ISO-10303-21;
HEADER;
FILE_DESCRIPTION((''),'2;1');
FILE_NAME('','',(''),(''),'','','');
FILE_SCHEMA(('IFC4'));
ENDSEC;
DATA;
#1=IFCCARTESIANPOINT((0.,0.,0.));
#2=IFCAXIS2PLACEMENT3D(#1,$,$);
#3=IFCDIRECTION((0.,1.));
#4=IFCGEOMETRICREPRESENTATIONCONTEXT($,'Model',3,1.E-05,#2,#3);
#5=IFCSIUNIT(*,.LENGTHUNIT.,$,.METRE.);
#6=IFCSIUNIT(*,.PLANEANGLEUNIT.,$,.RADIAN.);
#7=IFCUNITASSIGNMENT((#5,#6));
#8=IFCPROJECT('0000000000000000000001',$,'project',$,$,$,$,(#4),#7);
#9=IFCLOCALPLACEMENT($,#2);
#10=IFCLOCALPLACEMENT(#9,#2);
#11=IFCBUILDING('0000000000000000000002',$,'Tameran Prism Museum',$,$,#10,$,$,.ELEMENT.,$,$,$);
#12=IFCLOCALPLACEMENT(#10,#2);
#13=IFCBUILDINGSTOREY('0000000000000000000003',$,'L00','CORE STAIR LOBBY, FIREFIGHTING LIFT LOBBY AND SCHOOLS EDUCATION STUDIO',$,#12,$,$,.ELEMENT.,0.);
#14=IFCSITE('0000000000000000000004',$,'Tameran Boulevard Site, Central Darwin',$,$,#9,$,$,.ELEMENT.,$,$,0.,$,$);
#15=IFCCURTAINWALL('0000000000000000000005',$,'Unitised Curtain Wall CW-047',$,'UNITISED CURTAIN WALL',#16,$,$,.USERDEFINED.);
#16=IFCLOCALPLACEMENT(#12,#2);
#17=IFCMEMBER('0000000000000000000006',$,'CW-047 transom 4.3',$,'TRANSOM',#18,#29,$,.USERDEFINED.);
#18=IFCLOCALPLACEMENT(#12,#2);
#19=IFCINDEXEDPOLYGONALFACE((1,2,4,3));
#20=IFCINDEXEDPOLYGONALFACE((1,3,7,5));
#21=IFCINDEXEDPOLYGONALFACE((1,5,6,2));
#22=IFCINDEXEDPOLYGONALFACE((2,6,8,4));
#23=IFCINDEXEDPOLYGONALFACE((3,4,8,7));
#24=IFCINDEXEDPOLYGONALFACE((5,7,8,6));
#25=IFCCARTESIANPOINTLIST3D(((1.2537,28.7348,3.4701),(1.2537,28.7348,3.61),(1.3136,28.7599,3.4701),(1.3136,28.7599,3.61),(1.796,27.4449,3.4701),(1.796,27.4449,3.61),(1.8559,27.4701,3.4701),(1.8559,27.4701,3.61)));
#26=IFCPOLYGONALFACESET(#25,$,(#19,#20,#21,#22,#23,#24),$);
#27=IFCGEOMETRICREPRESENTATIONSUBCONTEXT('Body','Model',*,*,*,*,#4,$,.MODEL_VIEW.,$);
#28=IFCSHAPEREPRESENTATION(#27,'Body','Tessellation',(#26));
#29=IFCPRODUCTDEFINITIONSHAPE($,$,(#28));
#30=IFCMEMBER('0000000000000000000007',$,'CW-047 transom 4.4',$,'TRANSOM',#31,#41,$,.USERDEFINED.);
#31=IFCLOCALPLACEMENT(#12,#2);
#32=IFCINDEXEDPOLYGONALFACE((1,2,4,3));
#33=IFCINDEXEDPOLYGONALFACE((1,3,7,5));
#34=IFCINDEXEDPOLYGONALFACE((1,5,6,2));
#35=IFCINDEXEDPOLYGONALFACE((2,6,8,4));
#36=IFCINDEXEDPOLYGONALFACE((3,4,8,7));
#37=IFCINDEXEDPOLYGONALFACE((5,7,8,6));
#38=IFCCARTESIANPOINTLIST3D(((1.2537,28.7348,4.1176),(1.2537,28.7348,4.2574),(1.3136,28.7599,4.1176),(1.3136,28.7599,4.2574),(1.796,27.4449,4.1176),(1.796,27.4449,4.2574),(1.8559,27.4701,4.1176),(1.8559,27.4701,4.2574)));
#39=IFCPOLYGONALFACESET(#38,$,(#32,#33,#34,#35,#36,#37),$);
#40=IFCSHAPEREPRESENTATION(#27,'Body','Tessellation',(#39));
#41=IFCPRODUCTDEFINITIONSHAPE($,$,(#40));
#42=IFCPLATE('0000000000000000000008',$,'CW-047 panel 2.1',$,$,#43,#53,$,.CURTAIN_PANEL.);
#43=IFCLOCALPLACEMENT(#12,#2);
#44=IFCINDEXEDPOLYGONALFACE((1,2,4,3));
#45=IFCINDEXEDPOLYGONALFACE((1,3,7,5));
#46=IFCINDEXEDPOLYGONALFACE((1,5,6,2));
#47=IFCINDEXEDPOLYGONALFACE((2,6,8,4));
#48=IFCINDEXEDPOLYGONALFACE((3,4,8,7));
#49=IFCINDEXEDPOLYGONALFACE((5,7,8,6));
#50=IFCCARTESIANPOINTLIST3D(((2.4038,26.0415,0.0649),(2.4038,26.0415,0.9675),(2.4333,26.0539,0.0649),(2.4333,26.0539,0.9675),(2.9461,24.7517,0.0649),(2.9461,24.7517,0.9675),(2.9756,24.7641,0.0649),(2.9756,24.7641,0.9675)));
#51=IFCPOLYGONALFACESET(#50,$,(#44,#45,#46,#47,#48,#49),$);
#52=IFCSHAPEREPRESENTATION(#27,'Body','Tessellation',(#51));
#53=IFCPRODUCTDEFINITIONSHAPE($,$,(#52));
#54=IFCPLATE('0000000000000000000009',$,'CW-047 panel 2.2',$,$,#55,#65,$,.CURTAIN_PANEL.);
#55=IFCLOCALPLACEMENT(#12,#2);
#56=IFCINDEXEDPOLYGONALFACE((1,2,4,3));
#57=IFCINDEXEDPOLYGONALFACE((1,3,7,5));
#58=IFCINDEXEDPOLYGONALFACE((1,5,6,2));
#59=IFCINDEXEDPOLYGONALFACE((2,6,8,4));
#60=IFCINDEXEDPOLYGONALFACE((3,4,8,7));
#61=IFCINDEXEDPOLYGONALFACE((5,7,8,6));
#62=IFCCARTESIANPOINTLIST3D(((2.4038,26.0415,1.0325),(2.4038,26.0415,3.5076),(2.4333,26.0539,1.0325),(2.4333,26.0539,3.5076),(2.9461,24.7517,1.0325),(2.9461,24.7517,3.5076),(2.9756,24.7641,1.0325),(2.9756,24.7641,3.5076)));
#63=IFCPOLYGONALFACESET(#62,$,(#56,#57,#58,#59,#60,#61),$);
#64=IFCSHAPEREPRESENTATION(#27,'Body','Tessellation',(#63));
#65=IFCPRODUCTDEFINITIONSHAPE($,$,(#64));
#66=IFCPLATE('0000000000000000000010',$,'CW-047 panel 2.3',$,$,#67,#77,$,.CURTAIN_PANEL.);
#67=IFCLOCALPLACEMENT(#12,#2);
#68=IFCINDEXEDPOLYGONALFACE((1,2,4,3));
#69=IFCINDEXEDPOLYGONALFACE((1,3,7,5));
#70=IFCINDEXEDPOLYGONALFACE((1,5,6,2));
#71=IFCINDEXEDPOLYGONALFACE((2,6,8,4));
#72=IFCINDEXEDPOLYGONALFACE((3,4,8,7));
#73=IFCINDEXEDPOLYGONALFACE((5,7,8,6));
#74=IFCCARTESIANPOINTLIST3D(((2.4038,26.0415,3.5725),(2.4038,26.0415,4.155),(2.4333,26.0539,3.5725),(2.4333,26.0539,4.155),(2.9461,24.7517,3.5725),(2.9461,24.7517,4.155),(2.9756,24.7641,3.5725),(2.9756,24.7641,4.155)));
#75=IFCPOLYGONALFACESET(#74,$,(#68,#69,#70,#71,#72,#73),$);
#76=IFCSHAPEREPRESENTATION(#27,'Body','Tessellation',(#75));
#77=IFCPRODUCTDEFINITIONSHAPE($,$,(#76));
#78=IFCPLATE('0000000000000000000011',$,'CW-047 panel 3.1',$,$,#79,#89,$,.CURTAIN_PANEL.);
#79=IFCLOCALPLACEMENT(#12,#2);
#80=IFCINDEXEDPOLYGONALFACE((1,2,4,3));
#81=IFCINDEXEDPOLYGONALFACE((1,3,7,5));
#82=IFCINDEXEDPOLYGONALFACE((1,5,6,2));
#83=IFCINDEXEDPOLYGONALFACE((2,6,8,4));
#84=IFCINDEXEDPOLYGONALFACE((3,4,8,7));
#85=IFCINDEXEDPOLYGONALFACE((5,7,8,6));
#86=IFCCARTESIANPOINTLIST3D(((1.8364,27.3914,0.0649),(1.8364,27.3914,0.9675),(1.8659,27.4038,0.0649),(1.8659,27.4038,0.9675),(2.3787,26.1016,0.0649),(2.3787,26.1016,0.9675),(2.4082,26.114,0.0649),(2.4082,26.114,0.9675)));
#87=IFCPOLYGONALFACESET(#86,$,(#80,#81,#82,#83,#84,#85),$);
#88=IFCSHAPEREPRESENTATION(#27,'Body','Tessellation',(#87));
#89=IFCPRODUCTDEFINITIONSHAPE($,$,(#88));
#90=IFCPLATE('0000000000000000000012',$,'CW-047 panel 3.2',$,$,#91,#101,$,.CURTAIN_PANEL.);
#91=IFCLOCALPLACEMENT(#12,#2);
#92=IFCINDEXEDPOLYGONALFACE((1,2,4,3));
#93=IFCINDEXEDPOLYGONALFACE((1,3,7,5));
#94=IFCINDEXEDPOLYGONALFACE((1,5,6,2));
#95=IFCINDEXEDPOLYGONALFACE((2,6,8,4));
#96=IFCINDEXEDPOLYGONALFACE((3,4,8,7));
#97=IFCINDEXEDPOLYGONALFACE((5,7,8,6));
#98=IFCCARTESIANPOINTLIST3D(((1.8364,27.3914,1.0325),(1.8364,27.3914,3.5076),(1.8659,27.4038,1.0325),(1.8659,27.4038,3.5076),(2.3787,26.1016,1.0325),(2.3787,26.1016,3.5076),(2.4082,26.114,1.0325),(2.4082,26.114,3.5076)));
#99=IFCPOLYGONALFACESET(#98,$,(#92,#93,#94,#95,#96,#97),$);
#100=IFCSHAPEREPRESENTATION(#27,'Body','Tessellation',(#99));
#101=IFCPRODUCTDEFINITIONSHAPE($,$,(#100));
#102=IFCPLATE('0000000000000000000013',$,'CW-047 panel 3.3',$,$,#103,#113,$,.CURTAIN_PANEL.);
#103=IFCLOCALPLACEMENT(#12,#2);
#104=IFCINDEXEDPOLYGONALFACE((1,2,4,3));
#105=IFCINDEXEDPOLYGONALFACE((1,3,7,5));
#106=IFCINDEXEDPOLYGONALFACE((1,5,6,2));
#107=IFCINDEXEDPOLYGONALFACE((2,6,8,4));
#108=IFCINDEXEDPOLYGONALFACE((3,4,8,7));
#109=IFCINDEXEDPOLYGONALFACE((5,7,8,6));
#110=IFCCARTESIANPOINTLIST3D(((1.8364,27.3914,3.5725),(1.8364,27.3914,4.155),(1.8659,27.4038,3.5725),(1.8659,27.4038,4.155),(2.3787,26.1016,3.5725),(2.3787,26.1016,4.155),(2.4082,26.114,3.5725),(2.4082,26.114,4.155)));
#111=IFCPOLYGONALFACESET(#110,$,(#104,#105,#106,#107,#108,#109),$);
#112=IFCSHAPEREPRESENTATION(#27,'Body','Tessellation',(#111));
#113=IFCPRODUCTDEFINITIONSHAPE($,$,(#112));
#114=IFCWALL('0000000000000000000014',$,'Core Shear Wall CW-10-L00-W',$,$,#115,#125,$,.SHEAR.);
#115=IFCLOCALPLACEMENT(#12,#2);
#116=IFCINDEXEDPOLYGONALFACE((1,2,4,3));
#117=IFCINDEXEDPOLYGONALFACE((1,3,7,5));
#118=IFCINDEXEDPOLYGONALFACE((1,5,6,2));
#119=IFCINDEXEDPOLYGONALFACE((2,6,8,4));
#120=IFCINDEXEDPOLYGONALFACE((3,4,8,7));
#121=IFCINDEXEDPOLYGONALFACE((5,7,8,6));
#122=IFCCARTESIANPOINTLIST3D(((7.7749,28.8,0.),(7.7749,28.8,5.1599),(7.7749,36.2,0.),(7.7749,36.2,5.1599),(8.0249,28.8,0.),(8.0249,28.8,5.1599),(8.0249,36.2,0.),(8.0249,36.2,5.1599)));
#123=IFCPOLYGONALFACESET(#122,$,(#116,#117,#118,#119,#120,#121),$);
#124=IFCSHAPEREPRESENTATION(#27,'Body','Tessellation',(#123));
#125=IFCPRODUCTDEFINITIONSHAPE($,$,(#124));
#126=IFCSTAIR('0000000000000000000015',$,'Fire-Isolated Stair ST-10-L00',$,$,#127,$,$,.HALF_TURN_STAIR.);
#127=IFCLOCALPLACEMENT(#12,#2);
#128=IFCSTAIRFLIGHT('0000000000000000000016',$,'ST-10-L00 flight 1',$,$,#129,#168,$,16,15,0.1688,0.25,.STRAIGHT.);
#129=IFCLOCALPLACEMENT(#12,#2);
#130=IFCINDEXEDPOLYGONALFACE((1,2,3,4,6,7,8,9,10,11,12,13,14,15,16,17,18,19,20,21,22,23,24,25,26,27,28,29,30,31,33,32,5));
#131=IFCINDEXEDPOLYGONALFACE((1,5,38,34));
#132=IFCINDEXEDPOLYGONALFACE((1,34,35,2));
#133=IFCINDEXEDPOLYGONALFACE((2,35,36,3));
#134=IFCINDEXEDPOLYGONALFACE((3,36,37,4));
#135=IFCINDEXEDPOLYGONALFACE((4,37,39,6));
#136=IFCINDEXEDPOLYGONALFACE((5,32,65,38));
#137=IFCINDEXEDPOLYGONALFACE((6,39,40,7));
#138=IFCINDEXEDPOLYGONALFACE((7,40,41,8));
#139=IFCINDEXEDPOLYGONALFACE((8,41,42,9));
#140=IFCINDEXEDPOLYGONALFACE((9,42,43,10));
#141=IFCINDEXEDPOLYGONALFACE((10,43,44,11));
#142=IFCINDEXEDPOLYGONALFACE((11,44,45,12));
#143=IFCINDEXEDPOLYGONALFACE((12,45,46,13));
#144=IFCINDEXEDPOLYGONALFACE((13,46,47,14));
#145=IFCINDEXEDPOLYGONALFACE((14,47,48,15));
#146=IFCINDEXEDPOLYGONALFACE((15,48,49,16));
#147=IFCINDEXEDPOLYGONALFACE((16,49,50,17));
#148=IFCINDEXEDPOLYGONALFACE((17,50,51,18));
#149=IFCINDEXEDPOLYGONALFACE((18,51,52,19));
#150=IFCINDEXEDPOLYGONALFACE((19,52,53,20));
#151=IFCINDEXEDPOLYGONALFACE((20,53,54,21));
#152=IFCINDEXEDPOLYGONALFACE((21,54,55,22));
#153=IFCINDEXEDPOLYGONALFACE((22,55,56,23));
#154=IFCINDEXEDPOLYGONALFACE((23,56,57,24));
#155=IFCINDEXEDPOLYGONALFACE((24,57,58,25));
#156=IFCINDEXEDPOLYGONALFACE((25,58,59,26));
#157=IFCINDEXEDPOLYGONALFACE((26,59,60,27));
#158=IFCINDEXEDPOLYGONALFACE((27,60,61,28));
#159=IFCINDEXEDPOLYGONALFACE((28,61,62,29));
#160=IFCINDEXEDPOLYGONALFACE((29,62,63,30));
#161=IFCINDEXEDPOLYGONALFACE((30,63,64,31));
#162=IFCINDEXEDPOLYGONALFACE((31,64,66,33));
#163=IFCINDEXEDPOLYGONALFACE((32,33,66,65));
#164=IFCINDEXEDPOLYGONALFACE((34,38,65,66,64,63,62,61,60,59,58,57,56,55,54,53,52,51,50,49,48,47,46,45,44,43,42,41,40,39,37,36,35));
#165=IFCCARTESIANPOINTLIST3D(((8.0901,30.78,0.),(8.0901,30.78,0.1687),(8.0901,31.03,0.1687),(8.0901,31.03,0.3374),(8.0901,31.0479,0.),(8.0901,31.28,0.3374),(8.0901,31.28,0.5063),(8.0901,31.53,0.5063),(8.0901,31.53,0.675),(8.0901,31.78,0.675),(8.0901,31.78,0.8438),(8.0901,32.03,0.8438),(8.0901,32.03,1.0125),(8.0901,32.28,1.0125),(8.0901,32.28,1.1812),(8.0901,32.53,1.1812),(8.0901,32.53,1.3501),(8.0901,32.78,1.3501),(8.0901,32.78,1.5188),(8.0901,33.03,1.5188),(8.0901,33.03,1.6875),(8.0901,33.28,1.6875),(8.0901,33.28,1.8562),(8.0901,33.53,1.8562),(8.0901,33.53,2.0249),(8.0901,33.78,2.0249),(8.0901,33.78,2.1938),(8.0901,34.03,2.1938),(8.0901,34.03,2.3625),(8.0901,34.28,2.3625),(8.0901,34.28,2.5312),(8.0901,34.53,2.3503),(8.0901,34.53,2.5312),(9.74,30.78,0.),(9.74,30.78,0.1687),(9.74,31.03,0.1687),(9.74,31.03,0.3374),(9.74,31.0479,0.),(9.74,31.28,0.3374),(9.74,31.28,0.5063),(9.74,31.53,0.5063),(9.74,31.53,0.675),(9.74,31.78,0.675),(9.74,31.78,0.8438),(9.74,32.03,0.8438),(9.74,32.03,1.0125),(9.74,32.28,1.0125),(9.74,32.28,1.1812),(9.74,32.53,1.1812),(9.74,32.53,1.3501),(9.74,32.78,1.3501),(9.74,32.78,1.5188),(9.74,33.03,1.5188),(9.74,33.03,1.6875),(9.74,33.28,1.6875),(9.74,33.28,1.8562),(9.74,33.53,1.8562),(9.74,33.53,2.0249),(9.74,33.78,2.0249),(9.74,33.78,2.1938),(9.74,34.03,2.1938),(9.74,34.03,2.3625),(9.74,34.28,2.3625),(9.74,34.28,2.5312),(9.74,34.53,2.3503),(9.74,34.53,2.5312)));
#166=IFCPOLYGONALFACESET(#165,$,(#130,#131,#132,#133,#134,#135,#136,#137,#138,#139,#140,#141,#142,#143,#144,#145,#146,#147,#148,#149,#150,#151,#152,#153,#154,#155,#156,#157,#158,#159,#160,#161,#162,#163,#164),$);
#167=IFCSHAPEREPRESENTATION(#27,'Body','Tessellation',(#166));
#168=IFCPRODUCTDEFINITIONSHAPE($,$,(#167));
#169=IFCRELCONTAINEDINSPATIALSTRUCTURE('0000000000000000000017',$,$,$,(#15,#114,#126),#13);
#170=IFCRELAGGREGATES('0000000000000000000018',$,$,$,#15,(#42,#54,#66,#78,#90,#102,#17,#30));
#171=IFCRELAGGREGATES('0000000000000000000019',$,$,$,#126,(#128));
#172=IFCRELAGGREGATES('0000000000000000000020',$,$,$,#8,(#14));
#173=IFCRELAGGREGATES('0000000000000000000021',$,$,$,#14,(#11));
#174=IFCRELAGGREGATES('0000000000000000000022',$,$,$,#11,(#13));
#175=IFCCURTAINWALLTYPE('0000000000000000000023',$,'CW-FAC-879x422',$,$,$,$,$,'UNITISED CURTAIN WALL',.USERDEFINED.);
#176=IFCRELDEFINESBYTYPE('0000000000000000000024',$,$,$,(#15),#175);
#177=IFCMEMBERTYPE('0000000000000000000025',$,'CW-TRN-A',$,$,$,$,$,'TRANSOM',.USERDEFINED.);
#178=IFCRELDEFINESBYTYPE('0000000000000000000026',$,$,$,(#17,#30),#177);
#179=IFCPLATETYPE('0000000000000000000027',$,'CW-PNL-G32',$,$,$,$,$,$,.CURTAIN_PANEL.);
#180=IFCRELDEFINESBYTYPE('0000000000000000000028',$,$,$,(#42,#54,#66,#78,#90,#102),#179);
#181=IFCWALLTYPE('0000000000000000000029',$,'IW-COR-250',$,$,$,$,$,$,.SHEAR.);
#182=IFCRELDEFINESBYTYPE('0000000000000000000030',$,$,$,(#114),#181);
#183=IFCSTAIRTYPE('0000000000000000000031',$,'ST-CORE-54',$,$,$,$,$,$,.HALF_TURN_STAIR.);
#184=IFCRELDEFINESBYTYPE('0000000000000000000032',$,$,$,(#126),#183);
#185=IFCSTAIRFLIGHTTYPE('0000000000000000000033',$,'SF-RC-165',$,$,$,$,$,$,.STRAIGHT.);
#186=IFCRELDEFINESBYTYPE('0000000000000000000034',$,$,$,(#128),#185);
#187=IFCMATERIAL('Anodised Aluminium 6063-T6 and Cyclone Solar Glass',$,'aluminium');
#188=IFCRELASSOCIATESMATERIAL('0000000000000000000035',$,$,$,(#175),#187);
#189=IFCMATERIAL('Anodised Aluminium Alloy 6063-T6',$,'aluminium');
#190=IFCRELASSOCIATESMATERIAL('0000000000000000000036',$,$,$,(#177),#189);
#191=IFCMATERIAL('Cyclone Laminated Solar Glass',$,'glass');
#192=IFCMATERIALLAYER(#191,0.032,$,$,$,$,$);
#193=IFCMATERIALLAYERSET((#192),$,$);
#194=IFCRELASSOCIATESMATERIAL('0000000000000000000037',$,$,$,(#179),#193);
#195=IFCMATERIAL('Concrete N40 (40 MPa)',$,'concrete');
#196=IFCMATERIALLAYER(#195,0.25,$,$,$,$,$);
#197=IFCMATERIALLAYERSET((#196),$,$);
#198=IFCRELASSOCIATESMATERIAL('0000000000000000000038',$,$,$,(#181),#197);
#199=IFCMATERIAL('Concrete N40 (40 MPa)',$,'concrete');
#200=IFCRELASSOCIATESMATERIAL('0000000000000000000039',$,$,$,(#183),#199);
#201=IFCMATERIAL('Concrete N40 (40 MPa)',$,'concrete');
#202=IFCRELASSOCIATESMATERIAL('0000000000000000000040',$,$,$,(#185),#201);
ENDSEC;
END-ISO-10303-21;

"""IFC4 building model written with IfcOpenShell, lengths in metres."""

from ifc_helpers import new_model, si_unit, direction, frame, frame_2d, origin, origin_2d, place, context, subcontext, project, spatial, polyline, rectangle, outline, extrude, material, layer, layer_set, material_profile, profile_set, type_object, element, aggregate, save


model = new_model("IFC4")

# Units and contexts
model_context = context("Model", 3, precision=1e-05, world=origin(), true_north=direction((0.0, 1.0)))
body_context = subcontext(model_context, "Body", "Model", "MODEL_VIEW")
ifc_project = project(units=[si_unit("LENGTHUNIT", "METRE"), si_unit("PLANEANGLEUNIT", "RADIAN")], contexts=[model_context])

# Site, building, storey
site_placement = place(None, origin())
site = spatial("IfcSite", under=ifc_project, at=site_placement, Name="Tameran Boulevard Site, Central Darwin", CompositionType="ELEMENT", RefElevation=0.0)
building_placement = place(site_placement, origin())
building = spatial("IfcBuilding", under=site, at=building_placement, Name="Tameran Prism Museum", CompositionType="ELEMENT")
storey_placement = place(building_placement, origin())
storey = spatial("IfcBuildingStorey", under=building, at=storey_placement, Name="L00", Description="CORE STAIR LOBBY, FIREFIGHTING LIFT LOBBY AND SCHOOLS EDUCATION STUDIO", CompositionType="ELEMENT", Elevation=0.0)

# Curtain wall, members, plates
ifc_material_1 = material(Name="Anodised Aluminium 6063-T6 and Cyclone Solar Glass", Category="aluminium")
curtain_wall_type = type_object("IfcCurtainWallType", Name="CW-FAC-879x422", ElementType="UNITISED CURTAIN WALL", PredefinedType="USERDEFINED", material=ifc_material_1)
curtain_wall_placement = place(storey_placement, origin())
curtain_wall = element("IfcCurtainWall", 1, at=curtain_wall_placement, inside=storey, type_object=curtain_wall_type, Name="Unitised Curtain Wall CW-047", ObjectType="UNITISED CURTAIN WALL", PredefinedType="USERDEFINED")
ifc_material_2 = material(Name="Anodised Aluminium Alloy 6063-T6", Category="aluminium")
ifc_material_profile_1 = material_profile(ifc_material_2, rectangle(XDim=0.0649, YDim=0.1399, at=origin_2d()))
ifc_profile_set_1 = profile_set([ifc_material_profile_1])
member_type_1 = type_object("IfcMemberType", Name="CW-TRN-A", ElementType="TRANSOM", PredefinedType="USERDEFINED", material=ifc_profile_set_1)
member_1_placement = place(storey_placement, frame((1.8259, 27.4575, 3.54), z_axis=(-0.38755, 0.921849, 0.0), x_axis=(-0.921849, -0.38755, 0.0)))
member_1 = element("IfcMember", 2, at=member_1_placement, type_object=member_type_1, Name="CW-047 transom 4.3", ObjectType="TRANSOM", PredefinedType="USERDEFINED", context=body_context, shape_type="SweptSolid", body=[
    extrude(rectangle(XDim=0.0649, YDim=0.1399, at=origin_2d()), origin(), (0.0, 0.0, 1.0), 1.3992),
])
member_2_placement = place(storey_placement, frame((1.8259, 27.4575, 4.1875), z_axis=(-0.38755, 0.921849, 0.0), x_axis=(-0.921849, -0.38755, 0.0)))
member_2 = element("IfcMember", 3, at=member_2_placement, type_object=member_type_1, Name="CW-047 transom 4.4", ObjectType="TRANSOM", PredefinedType="USERDEFINED", context=body_context, shape_type="SweptSolid", body=[
    extrude(rectangle(XDim=0.0649, YDim=0.1399, at=origin_2d()), origin(), (0.0, 0.0, 1.0), 1.3992),
])
ifc_material_3 = material(Name="Cyclone Laminated Solar Glass", Category="glass")
ifc_layer_1 = layer(ifc_material_3, 0.032)
ifc_layer_set_1 = layer_set([ifc_layer_1])
plate_type = type_object("IfcPlateType", Name="CW-PNL-G32", PredefinedType="CURTAIN_PANEL", material=ifc_layer_set_1)
plate_1_placement = place(storey_placement, frame((2.6897, 25.4028, 0.0649), z_axis=(0.0, 0.0, 1.0), x_axis=(-0.387563, 0.921843, 0.0)))
plate_1 = element("IfcPlate", 4, at=plate_1_placement, type_object=plate_type, Name="CW-047 panel 2.1", PredefinedType="CURTAIN_PANEL", context=body_context, shape_type="SweptSolid", body=[
    extrude(rectangle(XDim=1.3992, YDim=0.032, at=origin_2d()), origin(), (0.0, 0.0, 1.0), 0.9026),
])
plate_2_placement = place(storey_placement, frame((2.6897, 25.4028, 1.0325), z_axis=(0.0, 0.0, 1.0), x_axis=(-0.387563, 0.921843, 0.0)))
plate_2 = element("IfcPlate", 5, at=plate_2_placement, type_object=plate_type, Name="CW-047 panel 2.2", PredefinedType="CURTAIN_PANEL", context=body_context, shape_type="SweptSolid", body=[
    extrude(rectangle(XDim=1.3992, YDim=0.032, at=origin_2d()), origin(), (0.0, 0.0, 1.0), 2.4751),
])
plate_3_placement = place(storey_placement, frame((2.6897, 25.4028, 3.5725), z_axis=(0.0, 0.0, 1.0), x_axis=(-0.387563, 0.921843, 0.0)))
plate_3 = element("IfcPlate", 6, at=plate_3_placement, type_object=plate_type, Name="CW-047 panel 2.3", PredefinedType="CURTAIN_PANEL", context=body_context, shape_type="SweptSolid", body=[
    extrude(rectangle(XDim=1.3992, YDim=0.032, at=origin_2d()), origin(), (0.0, 0.0, 1.0), 0.5825),
])
plate_4_placement = place(storey_placement, frame((2.1223, 26.7527, 0.0649), z_axis=(0.0, 0.0, 1.0), x_axis=(-0.387563, 0.921843, 0.0)))
plate_4 = element("IfcPlate", 7, at=plate_4_placement, type_object=plate_type, Name="CW-047 panel 3.1", PredefinedType="CURTAIN_PANEL", context=body_context, shape_type="SweptSolid", body=[
    extrude(rectangle(XDim=1.3992, YDim=0.032, at=origin_2d()), origin(), (0.0, 0.0, 1.0), 0.9026),
])
plate_5_placement = place(storey_placement, frame((2.1223, 26.7527, 1.0325), z_axis=(0.0, 0.0, 1.0), x_axis=(-0.387563, 0.921843, 0.0)))
plate_5 = element("IfcPlate", 8, at=plate_5_placement, type_object=plate_type, Name="CW-047 panel 3.2", PredefinedType="CURTAIN_PANEL", context=body_context, shape_type="SweptSolid", body=[
    extrude(rectangle(XDim=1.3992, YDim=0.032, at=origin_2d()), origin(), (0.0, 0.0, 1.0), 2.4751),
])
plate_6_placement = place(storey_placement, frame((2.1223, 26.7527, 3.5725), z_axis=(0.0, 0.0, 1.0), x_axis=(-0.387563, 0.921843, 0.0)))
plate_6 = element("IfcPlate", 9, at=plate_6_placement, type_object=plate_type, Name="CW-047 panel 3.3", PredefinedType="CURTAIN_PANEL", context=body_context, shape_type="SweptSolid", body=[
    extrude(rectangle(XDim=1.3992, YDim=0.032, at=origin_2d()), origin(), (0.0, 0.0, 1.0), 0.5825),
])
aggregate(curtain_wall, [plate_1, plate_2, plate_3, plate_4, plate_5, plate_6, member_1, member_2])

# Wall
ifc_material_4 = material(Name="Concrete N40 (40 MPa)", Category="concrete")
ifc_layer_2 = layer(ifc_material_4, 0.25)
ifc_layer_set_2 = layer_set([ifc_layer_2])
wall_type = type_object("IfcWallType", Name="IW-COR-250", PredefinedType="SHEAR", material=ifc_layer_set_2)
wall_placement = place(storey_placement, frame((7.8999, 28.8, 0.0), z_axis=(0.0, 0.0, 1.0), x_axis=(0.0, 1.0, 0.0)))
element("IfcWall", 10, at=wall_placement, inside=storey, type_object=wall_type, Name="Core Shear Wall CW-10-L00-W", PredefinedType="SHEAR", context=body_context, shape_type="SweptSolid", body=[
    extrude(rectangle(XDim=7.3999, YDim=0.25, at=frame_2d((3.7, 0.0))), origin(), (0.0, 0.0, 1.0), 5.1599),
])

# Stair, stair flight
ifc_material_5 = material(Name="Concrete N40 (40 MPa)", Category="concrete")
stair_type = type_object("IfcStairType", Name="ST-CORE-54", PredefinedType="HALF_TURN_STAIR", material=ifc_material_5)
stair_placement = place(storey_placement, origin())
stair = element("IfcStair", 11, at=stair_placement, inside=storey, type_object=stair_type, Name="Fire-Isolated Stair ST-10-L00", PredefinedType="HALF_TURN_STAIR")
ifc_material_6 = material(Name="Concrete N40 (40 MPa)", Category="concrete")
stair_flight_type = type_object("IfcStairFlightType", Name="SF-RC-165", PredefinedType="STRAIGHT", material=ifc_material_6)
stair_flight_placement = place(storey_placement, frame((8.915, 30.78, 0.0), z_axis=(0.0, 0.0, 1.0), x_axis=(0.0, 1.0, 0.0)))
stair_flight = element("IfcStairFlight", 12, at=stair_flight_placement, type_object=stair_flight_type, Name="ST-10-L00 flight 1", NumberOfRisers=16, NumberOfTreads=15, PredefinedType="STRAIGHT", RiserHeight=0.1688, TreadLength=0.25, context=body_context, shape_type="SweptSolid", body=[
    extrude(outline(polyline([(0.0, 0.0), (0.0, 0.1687), (0.25, 0.1687), (0.25, 0.3374), (0.5, 0.3374), (0.5, 0.5063), (0.75, 0.5063), (0.75, 0.675), (1.0, 0.675), (1.0, 0.8438), (1.25, 0.8438), (1.25, 1.0125), (1.5, 1.0125), (1.5, 1.1812), (1.75, 1.1812), (1.75, 1.3501), (2.0, 1.3501), (2.0, 1.5188), (2.25, 1.5188), (2.25, 1.6875), (2.5, 1.6875), (2.5, 1.8562), (2.75, 1.8562), (2.75, 2.0249), (3.0, 2.0249), (3.0, 2.1938), (3.25, 2.1938), (3.25, 2.3625), (3.5, 2.3625), (3.5, 2.5312), (3.75, 2.5312), (3.75, 2.7), (3.75, 2.3503), (0.2678, 0.0), (0.0, 0.0)])), frame((0.0, 0.825, 0.0), z_axis=(0.0, -1.0, 0.0), x_axis=(1.0, 0.0, 0.0)), (0.0, 0.0, 1.0), 1.6499),
])
aggregate(stair, [stair_flight])

save(model, "model.ifc")
